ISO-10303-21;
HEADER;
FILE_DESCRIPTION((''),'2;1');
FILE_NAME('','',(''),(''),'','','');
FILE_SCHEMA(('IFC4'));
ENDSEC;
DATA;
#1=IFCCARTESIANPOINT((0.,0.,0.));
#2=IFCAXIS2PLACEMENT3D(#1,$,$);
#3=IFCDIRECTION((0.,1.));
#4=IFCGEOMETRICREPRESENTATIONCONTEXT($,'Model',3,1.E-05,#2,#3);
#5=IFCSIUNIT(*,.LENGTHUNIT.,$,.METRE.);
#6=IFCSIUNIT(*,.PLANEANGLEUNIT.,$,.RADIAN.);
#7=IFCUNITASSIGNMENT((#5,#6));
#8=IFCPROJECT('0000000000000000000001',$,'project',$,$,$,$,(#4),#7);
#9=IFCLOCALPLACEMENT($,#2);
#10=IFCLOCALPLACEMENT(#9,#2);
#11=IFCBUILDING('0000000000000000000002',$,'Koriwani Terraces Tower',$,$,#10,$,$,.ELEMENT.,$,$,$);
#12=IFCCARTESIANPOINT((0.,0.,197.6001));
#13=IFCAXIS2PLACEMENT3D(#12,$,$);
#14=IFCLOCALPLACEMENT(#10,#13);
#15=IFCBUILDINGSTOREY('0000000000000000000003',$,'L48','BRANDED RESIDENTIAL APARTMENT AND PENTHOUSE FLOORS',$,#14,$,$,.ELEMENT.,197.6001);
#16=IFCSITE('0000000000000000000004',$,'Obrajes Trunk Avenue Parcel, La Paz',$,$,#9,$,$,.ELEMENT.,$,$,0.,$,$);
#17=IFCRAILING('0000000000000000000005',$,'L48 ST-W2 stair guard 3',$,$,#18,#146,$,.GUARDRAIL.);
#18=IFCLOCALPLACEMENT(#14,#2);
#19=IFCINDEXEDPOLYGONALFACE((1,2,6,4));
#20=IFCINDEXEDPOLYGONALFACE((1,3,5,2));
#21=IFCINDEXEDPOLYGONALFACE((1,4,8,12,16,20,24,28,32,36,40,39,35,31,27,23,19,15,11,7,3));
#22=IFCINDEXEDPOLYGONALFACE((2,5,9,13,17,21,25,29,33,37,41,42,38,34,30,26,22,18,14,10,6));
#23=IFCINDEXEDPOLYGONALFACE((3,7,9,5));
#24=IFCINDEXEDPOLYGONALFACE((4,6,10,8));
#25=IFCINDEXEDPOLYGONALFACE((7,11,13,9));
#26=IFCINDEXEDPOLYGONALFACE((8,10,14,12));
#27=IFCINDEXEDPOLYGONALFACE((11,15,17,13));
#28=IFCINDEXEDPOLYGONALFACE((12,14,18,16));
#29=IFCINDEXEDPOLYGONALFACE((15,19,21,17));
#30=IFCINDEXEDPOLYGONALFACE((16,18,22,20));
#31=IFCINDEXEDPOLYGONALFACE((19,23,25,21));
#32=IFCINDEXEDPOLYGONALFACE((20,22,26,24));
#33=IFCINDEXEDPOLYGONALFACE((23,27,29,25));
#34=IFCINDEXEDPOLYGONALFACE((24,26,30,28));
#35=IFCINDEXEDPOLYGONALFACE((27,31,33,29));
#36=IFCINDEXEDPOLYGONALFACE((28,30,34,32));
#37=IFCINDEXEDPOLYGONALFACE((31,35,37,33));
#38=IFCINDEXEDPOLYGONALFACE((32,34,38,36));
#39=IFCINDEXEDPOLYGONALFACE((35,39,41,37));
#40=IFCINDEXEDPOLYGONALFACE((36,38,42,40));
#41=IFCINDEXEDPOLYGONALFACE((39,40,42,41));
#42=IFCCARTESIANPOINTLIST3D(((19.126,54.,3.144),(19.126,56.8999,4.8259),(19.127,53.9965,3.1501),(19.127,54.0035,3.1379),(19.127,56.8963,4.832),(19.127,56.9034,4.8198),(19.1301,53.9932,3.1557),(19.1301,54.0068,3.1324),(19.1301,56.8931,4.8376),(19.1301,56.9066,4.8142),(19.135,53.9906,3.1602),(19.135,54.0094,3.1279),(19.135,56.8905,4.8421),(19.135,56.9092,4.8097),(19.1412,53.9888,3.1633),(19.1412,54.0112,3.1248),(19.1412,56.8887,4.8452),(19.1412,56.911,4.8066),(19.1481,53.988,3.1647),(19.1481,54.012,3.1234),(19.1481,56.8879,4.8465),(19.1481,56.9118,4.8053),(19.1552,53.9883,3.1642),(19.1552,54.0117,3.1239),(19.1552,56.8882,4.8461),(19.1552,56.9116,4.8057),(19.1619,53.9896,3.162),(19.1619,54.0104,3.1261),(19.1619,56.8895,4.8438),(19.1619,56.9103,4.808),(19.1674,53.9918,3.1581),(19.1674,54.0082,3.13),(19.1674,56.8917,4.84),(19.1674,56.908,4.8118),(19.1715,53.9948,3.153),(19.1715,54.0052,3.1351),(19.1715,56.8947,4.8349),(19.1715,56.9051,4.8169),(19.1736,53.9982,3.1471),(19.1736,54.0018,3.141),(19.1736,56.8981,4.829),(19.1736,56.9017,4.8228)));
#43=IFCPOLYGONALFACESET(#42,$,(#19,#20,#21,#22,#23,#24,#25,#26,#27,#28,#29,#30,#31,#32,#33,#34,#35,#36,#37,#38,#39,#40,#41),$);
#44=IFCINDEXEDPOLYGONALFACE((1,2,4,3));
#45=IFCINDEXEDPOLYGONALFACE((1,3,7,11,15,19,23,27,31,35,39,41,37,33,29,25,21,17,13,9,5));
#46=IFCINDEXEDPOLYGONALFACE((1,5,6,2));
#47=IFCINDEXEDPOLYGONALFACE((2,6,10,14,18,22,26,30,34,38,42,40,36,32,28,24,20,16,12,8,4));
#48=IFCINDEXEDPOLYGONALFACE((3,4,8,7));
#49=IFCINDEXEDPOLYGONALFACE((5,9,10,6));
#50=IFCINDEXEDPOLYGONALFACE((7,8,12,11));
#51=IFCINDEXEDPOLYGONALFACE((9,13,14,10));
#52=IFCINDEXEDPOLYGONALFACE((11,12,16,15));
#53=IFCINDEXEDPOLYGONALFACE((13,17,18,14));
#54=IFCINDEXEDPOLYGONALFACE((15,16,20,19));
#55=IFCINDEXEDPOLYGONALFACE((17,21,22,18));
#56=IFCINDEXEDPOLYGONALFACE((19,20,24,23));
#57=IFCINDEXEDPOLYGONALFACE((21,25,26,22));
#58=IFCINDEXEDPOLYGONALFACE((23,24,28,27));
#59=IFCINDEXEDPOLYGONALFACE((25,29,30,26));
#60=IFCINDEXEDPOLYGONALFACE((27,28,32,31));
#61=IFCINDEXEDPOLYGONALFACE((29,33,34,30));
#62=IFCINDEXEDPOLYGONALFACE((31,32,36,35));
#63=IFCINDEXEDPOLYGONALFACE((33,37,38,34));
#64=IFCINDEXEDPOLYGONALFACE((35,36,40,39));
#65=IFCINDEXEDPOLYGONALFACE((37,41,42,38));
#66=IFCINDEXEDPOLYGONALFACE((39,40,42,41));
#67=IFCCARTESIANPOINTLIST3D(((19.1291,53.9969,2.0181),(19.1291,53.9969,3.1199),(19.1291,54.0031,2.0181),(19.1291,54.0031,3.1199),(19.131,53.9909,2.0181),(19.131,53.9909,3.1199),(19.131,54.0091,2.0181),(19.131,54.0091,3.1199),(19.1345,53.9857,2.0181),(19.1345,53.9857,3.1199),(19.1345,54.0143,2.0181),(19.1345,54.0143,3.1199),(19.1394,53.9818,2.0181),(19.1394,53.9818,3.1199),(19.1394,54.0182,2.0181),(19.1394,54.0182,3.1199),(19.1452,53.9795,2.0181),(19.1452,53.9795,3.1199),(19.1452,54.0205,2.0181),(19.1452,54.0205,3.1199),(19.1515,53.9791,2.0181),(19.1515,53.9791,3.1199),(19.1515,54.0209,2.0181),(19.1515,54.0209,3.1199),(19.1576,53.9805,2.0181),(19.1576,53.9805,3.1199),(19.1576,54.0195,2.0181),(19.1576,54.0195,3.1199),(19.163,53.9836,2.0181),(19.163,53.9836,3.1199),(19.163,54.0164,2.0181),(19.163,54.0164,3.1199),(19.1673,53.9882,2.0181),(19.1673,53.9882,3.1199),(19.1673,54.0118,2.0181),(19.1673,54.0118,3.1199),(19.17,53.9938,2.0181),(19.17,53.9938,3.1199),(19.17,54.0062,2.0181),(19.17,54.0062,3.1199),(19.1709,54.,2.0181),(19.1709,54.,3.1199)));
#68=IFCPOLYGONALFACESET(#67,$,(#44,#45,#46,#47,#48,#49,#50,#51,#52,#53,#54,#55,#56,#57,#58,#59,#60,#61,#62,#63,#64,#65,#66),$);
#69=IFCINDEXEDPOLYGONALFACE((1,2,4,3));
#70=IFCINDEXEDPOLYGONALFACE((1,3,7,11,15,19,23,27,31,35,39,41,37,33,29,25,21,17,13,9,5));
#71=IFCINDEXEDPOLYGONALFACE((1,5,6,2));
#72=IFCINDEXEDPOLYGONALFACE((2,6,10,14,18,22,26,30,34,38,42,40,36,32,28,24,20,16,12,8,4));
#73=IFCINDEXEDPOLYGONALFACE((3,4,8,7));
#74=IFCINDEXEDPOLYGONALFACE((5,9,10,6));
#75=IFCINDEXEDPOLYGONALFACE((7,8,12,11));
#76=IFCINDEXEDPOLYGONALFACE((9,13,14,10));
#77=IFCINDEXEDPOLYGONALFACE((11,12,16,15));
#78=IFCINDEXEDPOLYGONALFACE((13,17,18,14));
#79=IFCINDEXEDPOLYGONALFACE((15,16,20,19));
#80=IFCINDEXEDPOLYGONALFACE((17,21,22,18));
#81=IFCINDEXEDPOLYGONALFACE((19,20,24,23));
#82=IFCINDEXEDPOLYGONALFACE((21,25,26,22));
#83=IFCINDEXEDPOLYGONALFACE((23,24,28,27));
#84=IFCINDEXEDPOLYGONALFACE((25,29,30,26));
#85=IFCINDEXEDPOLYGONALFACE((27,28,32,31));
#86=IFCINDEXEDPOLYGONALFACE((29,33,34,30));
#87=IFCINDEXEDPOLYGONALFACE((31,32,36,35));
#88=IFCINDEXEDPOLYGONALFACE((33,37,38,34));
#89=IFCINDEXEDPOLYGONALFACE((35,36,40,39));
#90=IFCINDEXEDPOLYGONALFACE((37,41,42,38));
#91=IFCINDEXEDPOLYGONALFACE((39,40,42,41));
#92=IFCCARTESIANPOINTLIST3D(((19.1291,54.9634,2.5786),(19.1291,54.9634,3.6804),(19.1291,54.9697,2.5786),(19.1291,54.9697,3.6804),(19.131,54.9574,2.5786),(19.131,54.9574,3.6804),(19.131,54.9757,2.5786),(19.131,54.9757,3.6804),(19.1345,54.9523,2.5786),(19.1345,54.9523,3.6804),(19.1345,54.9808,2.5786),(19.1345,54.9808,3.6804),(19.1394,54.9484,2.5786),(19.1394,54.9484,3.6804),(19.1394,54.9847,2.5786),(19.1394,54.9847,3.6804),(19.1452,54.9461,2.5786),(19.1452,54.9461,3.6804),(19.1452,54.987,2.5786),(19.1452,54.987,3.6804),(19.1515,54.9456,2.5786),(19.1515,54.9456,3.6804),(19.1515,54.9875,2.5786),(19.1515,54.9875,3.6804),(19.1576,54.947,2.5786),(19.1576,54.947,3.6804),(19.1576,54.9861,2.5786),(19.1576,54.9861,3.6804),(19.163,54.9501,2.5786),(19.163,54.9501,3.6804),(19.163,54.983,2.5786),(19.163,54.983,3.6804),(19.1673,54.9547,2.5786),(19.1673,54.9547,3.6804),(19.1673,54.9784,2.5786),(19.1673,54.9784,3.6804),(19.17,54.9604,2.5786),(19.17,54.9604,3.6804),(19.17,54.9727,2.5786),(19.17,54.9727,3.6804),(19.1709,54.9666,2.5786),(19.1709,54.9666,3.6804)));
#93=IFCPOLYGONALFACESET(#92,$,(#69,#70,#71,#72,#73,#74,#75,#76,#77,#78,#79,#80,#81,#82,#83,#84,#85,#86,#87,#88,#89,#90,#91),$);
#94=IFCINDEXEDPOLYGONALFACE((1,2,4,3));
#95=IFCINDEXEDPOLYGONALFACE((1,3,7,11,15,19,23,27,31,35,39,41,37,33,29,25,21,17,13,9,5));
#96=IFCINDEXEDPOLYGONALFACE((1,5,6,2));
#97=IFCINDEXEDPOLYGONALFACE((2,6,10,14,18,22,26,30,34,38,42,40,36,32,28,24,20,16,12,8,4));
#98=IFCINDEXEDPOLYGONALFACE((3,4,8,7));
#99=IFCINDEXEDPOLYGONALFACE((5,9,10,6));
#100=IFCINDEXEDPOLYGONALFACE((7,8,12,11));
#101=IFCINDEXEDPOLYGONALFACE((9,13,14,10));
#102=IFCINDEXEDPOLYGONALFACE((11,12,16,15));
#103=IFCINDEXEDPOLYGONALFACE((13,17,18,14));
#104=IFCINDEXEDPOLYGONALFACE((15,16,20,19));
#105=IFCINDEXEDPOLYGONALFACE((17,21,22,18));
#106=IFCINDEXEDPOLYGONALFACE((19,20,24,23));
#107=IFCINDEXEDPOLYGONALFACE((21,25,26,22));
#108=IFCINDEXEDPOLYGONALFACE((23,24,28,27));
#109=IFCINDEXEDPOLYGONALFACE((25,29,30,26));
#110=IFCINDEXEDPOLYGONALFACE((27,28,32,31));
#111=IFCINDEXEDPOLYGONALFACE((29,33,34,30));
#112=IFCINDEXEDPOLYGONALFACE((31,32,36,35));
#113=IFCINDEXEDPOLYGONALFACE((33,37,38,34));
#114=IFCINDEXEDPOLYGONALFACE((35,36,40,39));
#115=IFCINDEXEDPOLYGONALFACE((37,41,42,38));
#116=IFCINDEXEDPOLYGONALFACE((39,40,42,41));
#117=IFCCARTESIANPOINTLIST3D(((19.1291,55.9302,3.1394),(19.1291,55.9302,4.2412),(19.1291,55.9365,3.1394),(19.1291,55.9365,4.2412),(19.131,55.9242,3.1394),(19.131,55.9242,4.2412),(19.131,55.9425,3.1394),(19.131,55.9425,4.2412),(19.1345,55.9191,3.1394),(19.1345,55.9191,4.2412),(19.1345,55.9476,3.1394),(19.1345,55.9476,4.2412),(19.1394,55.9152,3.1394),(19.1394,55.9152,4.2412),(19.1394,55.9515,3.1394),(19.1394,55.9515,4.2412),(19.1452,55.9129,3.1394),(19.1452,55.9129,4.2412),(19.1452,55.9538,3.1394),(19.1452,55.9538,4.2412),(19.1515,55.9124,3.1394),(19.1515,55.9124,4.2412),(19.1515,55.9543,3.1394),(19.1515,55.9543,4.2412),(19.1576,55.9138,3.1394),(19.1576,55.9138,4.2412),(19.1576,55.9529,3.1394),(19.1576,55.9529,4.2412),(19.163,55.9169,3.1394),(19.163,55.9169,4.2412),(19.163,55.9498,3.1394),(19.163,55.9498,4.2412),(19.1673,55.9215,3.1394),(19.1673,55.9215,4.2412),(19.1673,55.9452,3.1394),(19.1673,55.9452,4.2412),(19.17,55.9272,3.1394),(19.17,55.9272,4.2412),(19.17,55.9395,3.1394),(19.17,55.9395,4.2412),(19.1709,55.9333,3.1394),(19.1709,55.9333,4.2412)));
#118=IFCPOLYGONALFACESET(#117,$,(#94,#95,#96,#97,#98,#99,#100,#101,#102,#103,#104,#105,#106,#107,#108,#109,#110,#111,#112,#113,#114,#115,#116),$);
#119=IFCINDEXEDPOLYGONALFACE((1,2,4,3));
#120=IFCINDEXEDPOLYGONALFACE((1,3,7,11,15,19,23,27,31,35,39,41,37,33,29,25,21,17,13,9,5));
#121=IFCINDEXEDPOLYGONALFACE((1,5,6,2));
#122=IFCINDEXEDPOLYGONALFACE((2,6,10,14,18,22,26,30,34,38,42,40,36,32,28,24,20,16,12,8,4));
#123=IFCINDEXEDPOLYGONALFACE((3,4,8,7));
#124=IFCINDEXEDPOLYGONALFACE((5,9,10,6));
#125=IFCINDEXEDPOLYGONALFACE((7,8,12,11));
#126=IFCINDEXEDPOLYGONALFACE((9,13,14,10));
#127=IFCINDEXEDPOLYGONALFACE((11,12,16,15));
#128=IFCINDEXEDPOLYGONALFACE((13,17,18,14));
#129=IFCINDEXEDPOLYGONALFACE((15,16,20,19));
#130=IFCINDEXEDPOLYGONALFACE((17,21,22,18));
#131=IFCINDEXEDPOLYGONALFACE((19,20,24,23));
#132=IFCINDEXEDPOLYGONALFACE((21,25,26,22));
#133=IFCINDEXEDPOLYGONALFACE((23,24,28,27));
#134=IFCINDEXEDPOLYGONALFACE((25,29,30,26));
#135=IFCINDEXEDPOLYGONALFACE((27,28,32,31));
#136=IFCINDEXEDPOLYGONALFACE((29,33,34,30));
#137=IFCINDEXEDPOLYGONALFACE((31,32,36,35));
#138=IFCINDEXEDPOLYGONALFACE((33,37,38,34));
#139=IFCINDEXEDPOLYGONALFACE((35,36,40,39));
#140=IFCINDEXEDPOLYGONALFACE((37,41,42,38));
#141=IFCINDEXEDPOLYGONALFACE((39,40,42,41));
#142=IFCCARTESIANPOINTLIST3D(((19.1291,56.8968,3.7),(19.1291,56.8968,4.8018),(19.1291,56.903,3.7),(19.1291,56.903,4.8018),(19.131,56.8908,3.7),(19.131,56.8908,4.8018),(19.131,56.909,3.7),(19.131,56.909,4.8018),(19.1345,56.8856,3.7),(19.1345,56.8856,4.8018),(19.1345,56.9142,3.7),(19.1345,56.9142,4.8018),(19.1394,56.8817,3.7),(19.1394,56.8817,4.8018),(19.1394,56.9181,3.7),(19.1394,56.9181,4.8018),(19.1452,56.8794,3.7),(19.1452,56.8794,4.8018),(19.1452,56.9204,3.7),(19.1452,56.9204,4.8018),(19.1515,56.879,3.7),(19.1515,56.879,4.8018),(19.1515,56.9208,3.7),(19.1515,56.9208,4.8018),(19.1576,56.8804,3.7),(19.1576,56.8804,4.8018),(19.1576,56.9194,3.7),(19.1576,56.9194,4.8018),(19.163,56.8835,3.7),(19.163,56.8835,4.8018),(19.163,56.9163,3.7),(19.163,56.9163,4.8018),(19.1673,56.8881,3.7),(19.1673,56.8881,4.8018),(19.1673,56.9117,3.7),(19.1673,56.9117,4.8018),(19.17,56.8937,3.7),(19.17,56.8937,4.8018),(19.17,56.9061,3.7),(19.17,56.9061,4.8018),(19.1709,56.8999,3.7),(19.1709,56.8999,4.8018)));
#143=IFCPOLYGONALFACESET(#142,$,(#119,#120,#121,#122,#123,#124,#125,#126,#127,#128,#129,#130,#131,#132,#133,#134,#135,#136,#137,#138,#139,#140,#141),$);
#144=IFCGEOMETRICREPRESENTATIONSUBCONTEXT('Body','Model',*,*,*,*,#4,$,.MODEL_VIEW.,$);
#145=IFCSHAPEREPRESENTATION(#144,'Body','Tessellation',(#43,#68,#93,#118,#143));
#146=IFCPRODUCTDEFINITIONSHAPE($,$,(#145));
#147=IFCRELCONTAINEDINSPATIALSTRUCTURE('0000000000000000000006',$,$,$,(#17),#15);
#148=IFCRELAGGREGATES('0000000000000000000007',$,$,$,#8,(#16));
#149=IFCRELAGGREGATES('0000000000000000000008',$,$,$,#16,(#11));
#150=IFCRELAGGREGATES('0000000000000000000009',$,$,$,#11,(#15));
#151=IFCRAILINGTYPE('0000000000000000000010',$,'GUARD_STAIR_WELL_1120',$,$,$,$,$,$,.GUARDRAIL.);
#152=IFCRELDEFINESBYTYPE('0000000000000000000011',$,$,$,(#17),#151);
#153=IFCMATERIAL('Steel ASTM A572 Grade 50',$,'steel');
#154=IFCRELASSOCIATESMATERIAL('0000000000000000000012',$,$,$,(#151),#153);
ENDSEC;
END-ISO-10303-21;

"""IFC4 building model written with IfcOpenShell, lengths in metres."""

from ifc_helpers import new_model, si_unit, direction, frame, origin, origin_2d, place, context, subcontext, project, spatial, circle, extrude, material, type_object, element, save


model = new_model("IFC4")

# Units and contexts
model_context = context("Model", 3, precision=1e-05, world=origin(), true_north=direction((0.0, 1.0)))
body_context = subcontext(model_context, "Body", "Model", "MODEL_VIEW")
ifc_project = project(units=[si_unit("LENGTHUNIT", "METRE"), si_unit("PLANEANGLEUNIT", "RADIAN")], contexts=[model_context])

# Site, building, storey
site_placement = place(None, origin())
site = spatial("IfcSite", under=ifc_project, at=site_placement, Name="Obrajes Trunk Avenue Parcel, La Paz", CompositionType="ELEMENT", RefElevation=0.0)
building_placement = place(site_placement, origin())
building = spatial("IfcBuilding", under=site, at=building_placement, Name="Koriwani Terraces Tower", CompositionType="ELEMENT")
storey_placement = place(building_placement, frame((0.0, 0.0, 197.6001)))
storey = spatial("IfcBuildingStorey", under=building, at=storey_placement, Name="L48", Description="BRANDED RESIDENTIAL APARTMENT AND PENTHOUSE FLOORS", CompositionType="ELEMENT", Elevation=197.6001)

# Shared definitions
ifc_material_1 = material(Name="Steel ASTM A572 Grade 50", Category="steel")

# Railing
railing_type_1 = type_object("IfcRailingType", Name="GUARD_STAIR_WELL_1120", PredefinedType="GUARDRAIL", material=ifc_material_1)
railing_1_placement = place(storey_placement, frame((19.1499, 54.0, 2.0181)))
element("IfcRailing", 1, at=railing_1_placement, inside=storey, type_object=railing_type_1, Name="L48 ST-W2 stair guard 3", PredefinedType="GUARDRAIL", context=body_context, shape_type="SweptSolid", body=[
    extrude(circle(Radius=0.0239, at=origin_2d()), frame((0.0, 0.0, 1.126), z_axis=(0.0, 0.865039, 0.501705), x_axis=(-1.0, 0.0, 0.0)), (0.0, 0.0, 1.0), 3.3523),
    extrude(circle(Radius=0.021, at=origin_2d()), origin(), (0.0, 0.0, 1.0), 1.1018),
    extrude(circle(Radius=0.021, at=origin_2d()), frame((0.0, 0.9666, 0.5605)), (0.0, 0.0, 1.0), 1.1018),
    extrude(circle(Radius=0.021, at=origin_2d()), frame((0.0, 1.9333, 1.1213)), (0.0, 0.0, 1.0), 1.1018),
    extrude(circle(Radius=0.021, at=origin_2d()), frame((0.0, 2.8999, 1.6819)), (0.0, 0.0, 1.0), 1.1018),
])

save(model, "model.ifc")
